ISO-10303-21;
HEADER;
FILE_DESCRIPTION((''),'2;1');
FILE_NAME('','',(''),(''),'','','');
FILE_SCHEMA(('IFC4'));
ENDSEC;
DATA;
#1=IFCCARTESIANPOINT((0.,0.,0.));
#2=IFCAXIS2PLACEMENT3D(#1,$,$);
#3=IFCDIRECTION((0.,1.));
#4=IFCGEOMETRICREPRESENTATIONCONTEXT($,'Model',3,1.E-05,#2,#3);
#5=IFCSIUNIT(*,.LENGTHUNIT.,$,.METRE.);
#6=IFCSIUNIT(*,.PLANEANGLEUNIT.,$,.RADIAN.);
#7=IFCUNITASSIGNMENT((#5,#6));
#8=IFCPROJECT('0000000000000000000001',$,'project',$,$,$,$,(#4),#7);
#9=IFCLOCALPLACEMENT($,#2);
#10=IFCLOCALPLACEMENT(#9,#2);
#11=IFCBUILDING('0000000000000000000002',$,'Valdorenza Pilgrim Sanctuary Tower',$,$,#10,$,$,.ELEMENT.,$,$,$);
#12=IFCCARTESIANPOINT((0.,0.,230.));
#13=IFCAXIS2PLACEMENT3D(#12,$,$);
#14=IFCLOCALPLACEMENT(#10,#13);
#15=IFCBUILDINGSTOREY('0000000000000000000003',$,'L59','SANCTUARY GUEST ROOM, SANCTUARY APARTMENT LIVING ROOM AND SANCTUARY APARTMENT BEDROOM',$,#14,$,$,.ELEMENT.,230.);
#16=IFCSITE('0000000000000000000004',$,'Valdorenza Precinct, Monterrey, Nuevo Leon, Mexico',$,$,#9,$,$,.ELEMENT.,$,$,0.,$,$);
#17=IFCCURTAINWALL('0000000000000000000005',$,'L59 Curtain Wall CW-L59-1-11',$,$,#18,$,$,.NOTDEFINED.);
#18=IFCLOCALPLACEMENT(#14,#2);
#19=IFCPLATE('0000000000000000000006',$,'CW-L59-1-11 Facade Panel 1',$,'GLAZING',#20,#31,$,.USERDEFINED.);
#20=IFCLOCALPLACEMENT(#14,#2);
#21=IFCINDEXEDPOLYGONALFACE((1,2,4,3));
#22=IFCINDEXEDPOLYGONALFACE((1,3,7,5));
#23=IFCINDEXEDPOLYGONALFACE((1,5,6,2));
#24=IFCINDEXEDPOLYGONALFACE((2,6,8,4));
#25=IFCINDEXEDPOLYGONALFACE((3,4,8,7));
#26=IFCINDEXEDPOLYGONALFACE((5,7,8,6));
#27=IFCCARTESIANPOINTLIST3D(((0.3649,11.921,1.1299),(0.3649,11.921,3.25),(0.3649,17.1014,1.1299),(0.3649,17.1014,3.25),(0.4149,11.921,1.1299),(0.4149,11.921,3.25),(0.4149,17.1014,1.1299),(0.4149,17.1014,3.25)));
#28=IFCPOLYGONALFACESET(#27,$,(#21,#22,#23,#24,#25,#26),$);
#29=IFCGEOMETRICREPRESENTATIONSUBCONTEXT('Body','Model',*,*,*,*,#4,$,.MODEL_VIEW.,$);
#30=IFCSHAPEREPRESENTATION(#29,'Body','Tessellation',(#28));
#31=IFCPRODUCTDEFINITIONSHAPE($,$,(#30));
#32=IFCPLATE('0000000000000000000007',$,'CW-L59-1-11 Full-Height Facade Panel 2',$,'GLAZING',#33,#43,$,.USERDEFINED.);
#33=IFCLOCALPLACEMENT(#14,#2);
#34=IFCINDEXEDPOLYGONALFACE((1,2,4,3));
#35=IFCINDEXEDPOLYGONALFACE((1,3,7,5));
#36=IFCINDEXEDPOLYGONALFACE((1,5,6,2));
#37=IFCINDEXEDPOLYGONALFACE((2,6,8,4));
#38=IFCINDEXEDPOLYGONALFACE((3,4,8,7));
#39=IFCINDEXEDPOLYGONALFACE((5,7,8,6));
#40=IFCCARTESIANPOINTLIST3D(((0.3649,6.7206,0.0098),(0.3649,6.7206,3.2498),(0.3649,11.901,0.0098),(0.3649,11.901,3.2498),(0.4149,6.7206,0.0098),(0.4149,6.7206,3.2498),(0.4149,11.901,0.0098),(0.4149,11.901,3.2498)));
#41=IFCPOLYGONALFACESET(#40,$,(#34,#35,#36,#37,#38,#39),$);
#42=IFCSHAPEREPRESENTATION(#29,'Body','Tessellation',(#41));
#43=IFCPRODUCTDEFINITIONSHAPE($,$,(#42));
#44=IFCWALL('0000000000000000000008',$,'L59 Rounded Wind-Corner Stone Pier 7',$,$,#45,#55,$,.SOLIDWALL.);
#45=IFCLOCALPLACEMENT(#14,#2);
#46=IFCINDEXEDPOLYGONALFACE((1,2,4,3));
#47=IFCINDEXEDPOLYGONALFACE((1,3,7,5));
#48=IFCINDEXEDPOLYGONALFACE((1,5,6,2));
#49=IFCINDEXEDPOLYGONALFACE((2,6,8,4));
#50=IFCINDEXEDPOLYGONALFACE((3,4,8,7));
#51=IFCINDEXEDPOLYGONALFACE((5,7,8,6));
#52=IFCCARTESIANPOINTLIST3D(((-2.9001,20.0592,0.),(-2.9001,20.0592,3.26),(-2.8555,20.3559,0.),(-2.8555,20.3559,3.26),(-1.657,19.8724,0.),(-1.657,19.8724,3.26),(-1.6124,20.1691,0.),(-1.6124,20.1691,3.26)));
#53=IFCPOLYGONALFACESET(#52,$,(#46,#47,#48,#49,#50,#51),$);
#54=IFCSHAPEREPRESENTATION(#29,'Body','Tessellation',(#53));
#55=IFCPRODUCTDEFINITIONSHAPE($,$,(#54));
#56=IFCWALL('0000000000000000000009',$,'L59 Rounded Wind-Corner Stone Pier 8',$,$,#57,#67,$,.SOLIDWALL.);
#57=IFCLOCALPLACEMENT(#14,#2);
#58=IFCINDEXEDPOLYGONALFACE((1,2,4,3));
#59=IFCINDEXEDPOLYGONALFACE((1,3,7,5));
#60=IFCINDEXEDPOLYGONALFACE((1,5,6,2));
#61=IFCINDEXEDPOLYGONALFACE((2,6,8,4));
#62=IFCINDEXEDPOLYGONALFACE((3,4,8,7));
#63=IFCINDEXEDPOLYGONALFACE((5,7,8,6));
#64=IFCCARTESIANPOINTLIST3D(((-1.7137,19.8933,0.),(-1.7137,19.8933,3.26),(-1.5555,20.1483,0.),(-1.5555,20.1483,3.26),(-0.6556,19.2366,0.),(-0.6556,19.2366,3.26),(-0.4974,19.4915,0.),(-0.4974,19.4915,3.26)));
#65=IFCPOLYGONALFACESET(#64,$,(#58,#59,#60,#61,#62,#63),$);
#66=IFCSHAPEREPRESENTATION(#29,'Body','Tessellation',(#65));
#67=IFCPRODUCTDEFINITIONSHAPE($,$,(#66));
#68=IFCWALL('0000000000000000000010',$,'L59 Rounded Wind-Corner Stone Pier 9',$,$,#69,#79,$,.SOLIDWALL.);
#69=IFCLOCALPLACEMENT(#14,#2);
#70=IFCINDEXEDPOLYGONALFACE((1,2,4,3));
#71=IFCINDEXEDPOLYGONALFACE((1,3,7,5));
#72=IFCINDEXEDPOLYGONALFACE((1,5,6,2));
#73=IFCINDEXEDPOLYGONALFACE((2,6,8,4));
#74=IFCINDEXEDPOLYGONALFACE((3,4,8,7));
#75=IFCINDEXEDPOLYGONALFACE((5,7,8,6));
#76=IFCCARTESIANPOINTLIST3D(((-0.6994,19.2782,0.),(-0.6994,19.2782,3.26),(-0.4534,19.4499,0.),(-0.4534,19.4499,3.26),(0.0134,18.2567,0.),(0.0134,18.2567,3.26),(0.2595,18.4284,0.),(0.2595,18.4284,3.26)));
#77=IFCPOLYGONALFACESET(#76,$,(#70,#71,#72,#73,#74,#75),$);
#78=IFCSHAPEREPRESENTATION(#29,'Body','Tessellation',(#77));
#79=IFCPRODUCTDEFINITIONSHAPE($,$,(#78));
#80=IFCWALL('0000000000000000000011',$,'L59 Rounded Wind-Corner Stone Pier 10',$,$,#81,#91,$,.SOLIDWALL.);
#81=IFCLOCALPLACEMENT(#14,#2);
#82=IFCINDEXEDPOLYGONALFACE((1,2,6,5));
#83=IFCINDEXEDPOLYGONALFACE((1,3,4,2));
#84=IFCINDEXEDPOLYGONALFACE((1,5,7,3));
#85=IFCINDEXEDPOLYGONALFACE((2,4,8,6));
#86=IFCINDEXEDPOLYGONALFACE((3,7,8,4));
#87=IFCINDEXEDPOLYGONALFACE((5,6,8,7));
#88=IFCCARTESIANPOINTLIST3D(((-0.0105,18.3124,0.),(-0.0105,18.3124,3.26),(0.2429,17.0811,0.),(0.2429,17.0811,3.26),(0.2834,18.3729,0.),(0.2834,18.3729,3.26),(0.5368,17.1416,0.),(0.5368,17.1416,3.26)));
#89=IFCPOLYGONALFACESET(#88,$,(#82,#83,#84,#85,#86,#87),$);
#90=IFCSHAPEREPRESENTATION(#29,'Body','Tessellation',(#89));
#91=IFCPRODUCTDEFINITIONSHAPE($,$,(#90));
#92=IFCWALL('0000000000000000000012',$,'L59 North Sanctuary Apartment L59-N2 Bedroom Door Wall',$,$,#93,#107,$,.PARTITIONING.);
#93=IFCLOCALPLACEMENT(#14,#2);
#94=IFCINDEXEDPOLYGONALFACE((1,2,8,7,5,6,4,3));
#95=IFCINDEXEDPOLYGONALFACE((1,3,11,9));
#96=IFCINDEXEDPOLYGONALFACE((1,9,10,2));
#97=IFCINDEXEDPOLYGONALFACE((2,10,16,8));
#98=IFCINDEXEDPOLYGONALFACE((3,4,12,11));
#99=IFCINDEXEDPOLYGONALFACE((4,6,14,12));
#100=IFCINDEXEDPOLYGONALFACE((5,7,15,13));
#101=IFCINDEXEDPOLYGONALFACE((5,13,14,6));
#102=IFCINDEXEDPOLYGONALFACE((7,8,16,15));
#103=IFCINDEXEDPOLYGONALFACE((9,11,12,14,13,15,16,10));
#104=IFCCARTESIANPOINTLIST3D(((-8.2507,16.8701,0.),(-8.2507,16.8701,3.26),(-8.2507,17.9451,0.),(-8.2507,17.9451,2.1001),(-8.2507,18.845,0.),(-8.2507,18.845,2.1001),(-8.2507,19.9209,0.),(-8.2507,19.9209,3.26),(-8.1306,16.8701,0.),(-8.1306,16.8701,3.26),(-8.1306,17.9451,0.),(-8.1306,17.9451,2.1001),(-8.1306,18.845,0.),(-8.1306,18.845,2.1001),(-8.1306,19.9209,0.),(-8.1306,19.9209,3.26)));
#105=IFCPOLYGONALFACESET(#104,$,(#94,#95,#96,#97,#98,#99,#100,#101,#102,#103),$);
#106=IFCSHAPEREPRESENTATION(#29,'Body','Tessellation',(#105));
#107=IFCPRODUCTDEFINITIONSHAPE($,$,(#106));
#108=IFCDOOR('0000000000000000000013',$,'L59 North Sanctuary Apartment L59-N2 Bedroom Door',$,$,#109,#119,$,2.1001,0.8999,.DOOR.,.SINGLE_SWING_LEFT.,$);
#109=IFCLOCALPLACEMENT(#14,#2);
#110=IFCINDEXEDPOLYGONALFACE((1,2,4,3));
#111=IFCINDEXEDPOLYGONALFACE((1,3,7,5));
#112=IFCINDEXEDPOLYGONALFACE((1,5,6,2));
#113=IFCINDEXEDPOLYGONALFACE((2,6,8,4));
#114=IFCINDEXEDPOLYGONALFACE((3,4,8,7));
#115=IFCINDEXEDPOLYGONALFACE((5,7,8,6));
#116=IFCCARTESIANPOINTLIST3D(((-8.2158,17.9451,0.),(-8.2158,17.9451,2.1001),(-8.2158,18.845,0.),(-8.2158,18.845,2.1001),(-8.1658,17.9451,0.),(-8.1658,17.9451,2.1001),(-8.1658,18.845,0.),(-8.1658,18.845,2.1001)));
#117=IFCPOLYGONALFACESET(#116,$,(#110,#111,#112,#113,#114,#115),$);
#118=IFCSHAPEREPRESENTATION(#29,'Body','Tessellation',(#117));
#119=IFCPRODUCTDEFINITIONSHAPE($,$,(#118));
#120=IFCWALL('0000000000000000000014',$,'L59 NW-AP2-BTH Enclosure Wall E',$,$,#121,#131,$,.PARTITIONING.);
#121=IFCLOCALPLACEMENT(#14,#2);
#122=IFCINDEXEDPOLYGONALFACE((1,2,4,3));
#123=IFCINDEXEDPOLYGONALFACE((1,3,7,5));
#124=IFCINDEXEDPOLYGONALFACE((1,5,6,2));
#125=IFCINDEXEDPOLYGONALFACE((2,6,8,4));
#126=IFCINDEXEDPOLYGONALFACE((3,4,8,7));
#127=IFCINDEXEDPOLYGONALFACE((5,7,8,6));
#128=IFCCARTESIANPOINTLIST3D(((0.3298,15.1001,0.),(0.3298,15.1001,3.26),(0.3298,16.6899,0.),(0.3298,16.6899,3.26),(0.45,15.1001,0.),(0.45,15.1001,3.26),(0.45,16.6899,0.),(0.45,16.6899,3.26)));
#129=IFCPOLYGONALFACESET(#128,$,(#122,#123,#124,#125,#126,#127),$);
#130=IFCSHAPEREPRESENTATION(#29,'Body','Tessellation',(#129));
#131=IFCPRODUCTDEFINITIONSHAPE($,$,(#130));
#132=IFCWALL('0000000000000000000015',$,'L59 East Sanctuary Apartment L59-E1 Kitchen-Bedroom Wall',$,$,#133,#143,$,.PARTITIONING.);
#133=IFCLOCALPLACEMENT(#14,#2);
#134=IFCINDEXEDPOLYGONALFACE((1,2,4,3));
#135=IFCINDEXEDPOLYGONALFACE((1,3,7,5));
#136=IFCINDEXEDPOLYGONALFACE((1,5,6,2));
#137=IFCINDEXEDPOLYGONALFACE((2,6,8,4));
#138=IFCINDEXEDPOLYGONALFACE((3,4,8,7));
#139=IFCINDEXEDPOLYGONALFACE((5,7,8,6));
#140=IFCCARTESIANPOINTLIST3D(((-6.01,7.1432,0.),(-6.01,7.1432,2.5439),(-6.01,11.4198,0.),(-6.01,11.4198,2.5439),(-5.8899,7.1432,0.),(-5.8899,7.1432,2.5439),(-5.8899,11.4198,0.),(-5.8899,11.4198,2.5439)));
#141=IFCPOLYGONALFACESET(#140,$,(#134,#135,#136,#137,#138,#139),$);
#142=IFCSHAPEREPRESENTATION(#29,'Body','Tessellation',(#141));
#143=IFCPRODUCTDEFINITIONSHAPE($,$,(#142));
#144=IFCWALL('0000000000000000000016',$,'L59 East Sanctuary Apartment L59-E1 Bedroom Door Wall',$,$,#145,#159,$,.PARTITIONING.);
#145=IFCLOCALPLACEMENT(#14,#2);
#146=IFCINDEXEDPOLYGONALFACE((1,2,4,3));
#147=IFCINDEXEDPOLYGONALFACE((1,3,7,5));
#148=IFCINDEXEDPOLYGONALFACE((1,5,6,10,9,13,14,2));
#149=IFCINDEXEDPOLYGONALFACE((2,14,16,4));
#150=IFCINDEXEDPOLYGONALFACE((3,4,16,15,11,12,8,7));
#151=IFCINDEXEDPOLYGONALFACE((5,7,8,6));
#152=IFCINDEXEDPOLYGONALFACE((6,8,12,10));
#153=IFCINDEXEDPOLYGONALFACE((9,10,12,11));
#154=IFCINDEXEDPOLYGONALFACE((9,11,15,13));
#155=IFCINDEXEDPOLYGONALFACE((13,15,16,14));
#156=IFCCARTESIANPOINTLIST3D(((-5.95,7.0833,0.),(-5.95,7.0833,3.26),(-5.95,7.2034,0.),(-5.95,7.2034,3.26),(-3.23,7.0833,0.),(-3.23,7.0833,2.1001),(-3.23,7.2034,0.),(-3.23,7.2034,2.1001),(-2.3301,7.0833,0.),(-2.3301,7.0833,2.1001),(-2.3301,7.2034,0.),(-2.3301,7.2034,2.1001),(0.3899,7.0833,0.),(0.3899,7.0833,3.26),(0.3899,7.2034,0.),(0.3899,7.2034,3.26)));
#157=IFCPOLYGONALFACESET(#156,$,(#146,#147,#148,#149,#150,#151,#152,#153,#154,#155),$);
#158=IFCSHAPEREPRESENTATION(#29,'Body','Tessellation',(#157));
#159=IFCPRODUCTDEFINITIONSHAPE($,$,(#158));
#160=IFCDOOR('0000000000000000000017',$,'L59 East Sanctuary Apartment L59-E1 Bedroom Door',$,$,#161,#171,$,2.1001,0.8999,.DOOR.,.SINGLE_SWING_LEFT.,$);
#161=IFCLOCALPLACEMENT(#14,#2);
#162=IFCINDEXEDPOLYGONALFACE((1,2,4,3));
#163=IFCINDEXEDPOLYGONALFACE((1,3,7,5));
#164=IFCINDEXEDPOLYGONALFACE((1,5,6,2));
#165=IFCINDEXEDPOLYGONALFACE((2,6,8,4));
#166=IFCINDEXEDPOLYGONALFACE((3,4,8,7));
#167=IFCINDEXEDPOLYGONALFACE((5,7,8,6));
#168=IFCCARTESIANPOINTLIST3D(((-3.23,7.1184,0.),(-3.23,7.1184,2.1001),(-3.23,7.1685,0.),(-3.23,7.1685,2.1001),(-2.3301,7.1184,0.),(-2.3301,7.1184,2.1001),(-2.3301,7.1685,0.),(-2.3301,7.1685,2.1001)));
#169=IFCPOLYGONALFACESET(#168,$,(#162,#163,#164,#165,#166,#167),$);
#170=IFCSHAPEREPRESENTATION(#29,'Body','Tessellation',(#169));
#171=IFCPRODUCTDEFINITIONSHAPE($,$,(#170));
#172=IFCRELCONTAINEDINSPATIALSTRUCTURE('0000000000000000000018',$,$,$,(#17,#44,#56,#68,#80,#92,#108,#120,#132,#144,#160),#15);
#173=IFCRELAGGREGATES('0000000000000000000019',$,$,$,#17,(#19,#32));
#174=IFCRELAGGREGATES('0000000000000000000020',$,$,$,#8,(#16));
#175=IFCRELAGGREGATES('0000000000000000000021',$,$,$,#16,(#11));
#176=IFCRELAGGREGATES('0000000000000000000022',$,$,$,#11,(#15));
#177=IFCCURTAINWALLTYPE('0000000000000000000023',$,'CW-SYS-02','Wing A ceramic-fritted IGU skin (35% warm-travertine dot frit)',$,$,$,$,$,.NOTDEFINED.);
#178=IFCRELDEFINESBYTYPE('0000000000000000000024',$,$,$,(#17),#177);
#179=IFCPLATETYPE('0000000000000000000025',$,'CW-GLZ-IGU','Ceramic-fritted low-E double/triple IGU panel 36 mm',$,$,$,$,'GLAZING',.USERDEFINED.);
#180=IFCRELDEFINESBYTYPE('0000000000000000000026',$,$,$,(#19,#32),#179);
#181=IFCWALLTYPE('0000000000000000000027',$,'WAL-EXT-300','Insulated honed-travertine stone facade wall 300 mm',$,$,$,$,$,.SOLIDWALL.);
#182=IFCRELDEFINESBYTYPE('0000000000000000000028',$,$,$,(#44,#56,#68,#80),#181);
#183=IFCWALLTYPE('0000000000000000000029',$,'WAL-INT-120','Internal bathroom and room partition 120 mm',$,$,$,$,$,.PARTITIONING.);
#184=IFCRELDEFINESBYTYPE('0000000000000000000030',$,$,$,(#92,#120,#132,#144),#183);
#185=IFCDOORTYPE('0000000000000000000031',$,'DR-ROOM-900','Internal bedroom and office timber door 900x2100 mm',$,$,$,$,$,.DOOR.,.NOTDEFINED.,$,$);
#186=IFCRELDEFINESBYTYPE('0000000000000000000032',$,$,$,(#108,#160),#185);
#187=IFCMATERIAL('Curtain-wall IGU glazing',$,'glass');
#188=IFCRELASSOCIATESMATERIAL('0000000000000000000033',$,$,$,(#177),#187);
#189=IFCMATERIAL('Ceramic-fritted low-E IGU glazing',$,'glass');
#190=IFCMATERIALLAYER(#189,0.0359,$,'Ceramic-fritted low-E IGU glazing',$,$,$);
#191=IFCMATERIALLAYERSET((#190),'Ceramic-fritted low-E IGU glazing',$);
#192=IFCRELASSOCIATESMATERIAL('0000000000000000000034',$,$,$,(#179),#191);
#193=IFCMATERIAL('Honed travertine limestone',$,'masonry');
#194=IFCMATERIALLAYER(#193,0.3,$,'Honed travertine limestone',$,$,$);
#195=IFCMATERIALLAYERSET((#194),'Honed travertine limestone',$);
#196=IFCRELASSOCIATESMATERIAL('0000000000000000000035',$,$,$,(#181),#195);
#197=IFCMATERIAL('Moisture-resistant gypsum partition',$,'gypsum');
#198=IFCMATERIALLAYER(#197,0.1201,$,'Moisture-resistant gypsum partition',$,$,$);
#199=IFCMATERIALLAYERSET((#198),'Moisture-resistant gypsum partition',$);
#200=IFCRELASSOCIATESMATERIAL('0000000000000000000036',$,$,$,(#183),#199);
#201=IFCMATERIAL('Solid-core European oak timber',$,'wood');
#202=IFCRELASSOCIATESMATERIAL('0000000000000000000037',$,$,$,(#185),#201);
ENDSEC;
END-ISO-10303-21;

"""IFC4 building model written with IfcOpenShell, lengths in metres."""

from ifc_helpers import new_model, si_unit, direction, frame, frame_2d, origin, origin_2d, place, context, subcontext, project, spatial, rectangle, extrude, source, transform, mapped, material, layer, layer_set, type_object, element, fill, aggregate, save


model = new_model("IFC4")

# Units and contexts
model_context = context("Model", 3, precision=1e-05, world=origin(), true_north=direction((0.0, 1.0)))
body_context = subcontext(model_context, "Body", "Model", "MODEL_VIEW")
ifc_project = project(units=[si_unit("LENGTHUNIT", "METRE"), si_unit("PLANEANGLEUNIT", "RADIAN")], contexts=[model_context])

# Site, building, storey
site_placement = place(None, origin())
site = spatial("IfcSite", under=ifc_project, at=site_placement, Name="Valdorenza Precinct, Monterrey, Nuevo Leon, Mexico", CompositionType="ELEMENT", RefElevation=0.0)
building_placement = place(site_placement, origin())
building = spatial("IfcBuilding", under=site, at=building_placement, Name="Valdorenza Pilgrim Sanctuary Tower", CompositionType="ELEMENT")
storey_placement = place(building_placement, frame((0.0, 0.0, 230.0)))
storey = spatial("IfcBuildingStorey", under=building, at=storey_placement, Name="L59", Description="SANCTUARY GUEST ROOM, SANCTUARY APARTMENT LIVING ROOM AND SANCTUARY APARTMENT BEDROOM", CompositionType="ELEMENT", Elevation=230.0)

# Shared definitions
ifc_material_1 = material(Name="Curtain-wall IGU glazing", Category="glass")
curtain_wall_type = type_object("IfcCurtainWallType", Name="CW-SYS-02", Description="Wing A ceramic-fritted IGU skin (35% warm-travertine dot frit)", PredefinedType="NOTDEFINED", material=ifc_material_1)

# Curtain wall
curtain_wall_1_placement = place(storey_placement, origin())
curtain_wall_1 = element("IfcCurtainWall", 1, at=curtain_wall_1_placement, inside=storey, type_object=curtain_wall_type, Name="L59 Curtain Wall CW-L59-1-11", PredefinedType="NOTDEFINED")
ifc_material_2 = material(Name="Honed travertine limestone", Category="masonry")

# Plates
ifc_material_3 = material(Name="Ceramic-fritted low-E IGU glazing", Category="glass")
ifc_layer_1 = layer(ifc_material_3, 0.0359, Name="Ceramic-fritted low-E IGU glazing")
ifc_layer_set_1 = layer_set([ifc_layer_1], Name="Ceramic-fritted low-E IGU glazing")
plate_type_1 = type_object("IfcPlateType", Name="CW-GLZ-IGU", Description="Ceramic-fritted low-E double/triple IGU panel 36 mm", ElementType="GLAZING", PredefinedType="USERDEFINED", material=ifc_layer_set_1)
shared_shape_1 = source(origin(), body_context, "Body", "SweptSolid", [
    extrude(rectangle(XDim=5.1804, YDim=0.05, at=origin_2d()), origin(), (0.0, 0.0, 1.0), 2.1201),
])
plate_1_placement = place(storey_placement, frame((0.3899, 14.5112, 1.1299), z_axis=(0.0, 0.0, 1.0), x_axis=(0.0, -1.0, 0.0)))
plate_1 = element("IfcPlate", 2, at=plate_1_placement, type_object=plate_type_1, Name="CW-L59-1-11 Facade Panel 1", ObjectType="GLAZING", PredefinedType="USERDEFINED", context=body_context, shape_type="MappedRepresentation", body=[
    mapped(shared_shape_1, transform((0.0, 0.0, 0.0), x_axis=(1.0, 0.0, 0.0), y_axis=(0.0, 1.0, 0.0), z_axis=(0.0, 0.0, 1.0), scale=1.0)),
])
shared_shape_2 = source(origin(), body_context, "Body", "SweptSolid", [
    extrude(rectangle(XDim=5.1804, YDim=0.05, at=origin_2d()), origin(), (0.0, 0.0, 1.0), 3.24),
])
plate_2_placement = place(storey_placement, frame((0.3899, 9.3108, 0.0098), z_axis=(0.0, 0.0, 1.0), x_axis=(0.0, -1.0, 0.0)))
plate_2 = element("IfcPlate", 3, at=plate_2_placement, type_object=plate_type_1, Name="CW-L59-1-11 Full-Height Facade Panel 2", ObjectType="GLAZING", PredefinedType="USERDEFINED", context=body_context, shape_type="MappedRepresentation", body=[
    mapped(shared_shape_2, transform((0.0, 0.0, 0.0), x_axis=(1.0, 0.0, 0.0), y_axis=(0.0, 1.0, 0.0), z_axis=(0.0, 0.0, 1.0), scale=1.0)),
])
aggregate(curtain_wall_1, [plate_1, plate_2])

# Walls
ifc_layer_2 = layer(ifc_material_2, 0.3, Name="Honed travertine limestone")
ifc_layer_set_2 = layer_set([ifc_layer_2], Name="Honed travertine limestone")
wall_type_1 = type_object("IfcWallType", Name="WAL-EXT-300", Description="Insulated honed-travertine stone facade wall 300 mm", PredefinedType="SOLIDWALL", material=ifc_layer_set_2)
wall_1_placement = place(storey_placement, frame((-2.8777, 20.2075, 0.0), z_axis=(0.0, 0.0, 1.0), x_axis=(0.988902, -0.148568, 0.0)))
element("IfcWall", 4, at=wall_1_placement, inside=storey, type_object=wall_type_1, Name="L59 Rounded Wind-Corner Stone Pier 7", PredefinedType="SOLIDWALL", context=body_context, shape_type="SweptSolid", body=[
    extrude(rectangle(XDim=1.2571, YDim=0.3, at=frame_2d((0.6284, 0.0))), origin(), (0.0, 0.0, 1.0), 3.26),
])
wall_2_placement = place(storey_placement, frame((-1.6345, 20.0208, 0.0), z_axis=(0.0, 0.0, 1.0), x_axis=(0.849646, -0.527353, 0.0)))
element("IfcWall", 5, at=wall_2_placement, inside=storey, type_object=wall_type_1, Name="L59 Rounded Wind-Corner Stone Pier 8", PredefinedType="SOLIDWALL", context=body_context, shape_type="SweptSolid", body=[
    extrude(rectangle(XDim=1.2454, YDim=0.3, at=frame_2d((0.6226, 0.0))), origin(), (0.0, 0.0, 1.0), 3.26),
])
wall_3_placement = place(storey_placement, frame((-0.5764, 19.364, 0.0), z_axis=(0.0, 0.0, 1.0), x_axis=(0.572304, -0.820041, 0.0)))
element("IfcWall", 6, at=wall_3_placement, inside=storey, type_object=wall_type_1, Name="L59 Rounded Wind-Corner Stone Pier 9", PredefinedType="SOLIDWALL", context=body_context, shape_type="SweptSolid", body=[
    extrude(rectangle(XDim=1.2456, YDim=0.3, at=frame_2d((0.6228, 0.0))), origin(), (0.0, 0.0, 1.0), 3.26),
])
wall_4_placement = place(storey_placement, frame((0.1365, 18.3425, 0.0), z_axis=(0.0, 0.0, 1.0), x_axis=(0.201604, -0.979467, 0.0)))
element("IfcWall", 7, at=wall_4_placement, inside=storey, type_object=wall_type_1, Name="L59 Rounded Wind-Corner Stone Pier 10", PredefinedType="SOLIDWALL", context=body_context, shape_type="SweptSolid", body=[
    extrude(rectangle(XDim=1.2571, YDim=0.3, at=frame_2d((0.6284, 0.0))), origin(), (0.0, 0.0, 1.0), 3.26),
])

# Wall, opening, door
ifc_material_4 = material(Name="Moisture-resistant gypsum partition", Category="gypsum")
ifc_layer_3 = layer(ifc_material_4, 0.1201, Name="Moisture-resistant gypsum partition")
ifc_layer_set_3 = layer_set([ifc_layer_3], Name="Moisture-resistant gypsum partition")
wall_type_2 = type_object("IfcWallType", Name="WAL-INT-120", Description="Internal bathroom and room partition 120 mm", PredefinedType="PARTITIONING", material=ifc_layer_set_3)
wall_5_placement = place(storey_placement, frame((-8.1907, 16.8701, 0.0), z_axis=(0.0, 0.0, 1.0), x_axis=(0.0, 1.0, 0.0)))
wall_5 = element("IfcWall", 8, at=wall_5_placement, inside=storey, type_object=wall_type_2, Name="L59 North Sanctuary Apartment L59-N2 Bedroom Door Wall", PredefinedType="PARTITIONING", context=body_context, shape_type="SweptSolid", body=[
    extrude(rectangle(XDim=3.0508, YDim=0.1201, at=frame_2d((1.5254, 0.0))), origin(), (0.0, 0.0, 1.0), 3.26),
])
opening_1_placement = place(wall_5_placement, frame((1.075, 0.0, 0.0)))
opening_1 = element("IfcOpeningElement", 9, at=opening_1_placement, cuts=wall_5, PredefinedType="OPENING", context=body_context, shape_type="SweptSolid", body=[
    extrude(rectangle(XDim=0.8999, YDim=2.1001, at=frame_2d((0.45, 1.05))), frame((0.0, 0.075, 0.0), z_axis=(0.0, -1.0, 0.0), x_axis=(1.0, 0.0, 0.0)), (0.0, 0.0, 1.0), 0.1499),
])
ifc_material_5 = material(Name="Solid-core European oak timber", Category="wood")
door_type = type_object("IfcDoorType", Name="DR-ROOM-900", Description="Internal bedroom and office timber door 900x2100 mm", OperationType="NOTDEFINED", PredefinedType="DOOR", material=ifc_material_5)
door_1_placement = place(opening_1_placement, frame((0.8999, 0.0, 0.0), z_axis=(0.0, 0.0, 1.0), x_axis=(-1.0, 0.0, 0.0)))
door_1 = element("IfcDoor", 10, at=door_1_placement, inside=storey, type_object=door_type, Name="L59 North Sanctuary Apartment L59-N2 Bedroom Door", OperationType="SINGLE_SWING_LEFT", OverallHeight=2.1001, OverallWidth=0.8999, PredefinedType="DOOR", context=body_context, shape_type="SweptSolid", body=[
    extrude(rectangle(XDim=0.8999, YDim=2.1001, at=frame_2d((0.45, 1.05))), frame((0.0, 0.0249, 0.0), z_axis=(0.0, -1.0, 0.0), x_axis=(1.0, 0.0, 0.0)), (0.0, 0.0, 1.0), 0.05),
])
fill(opening_1, door_1)

# Walls
wall_6_placement = place(storey_placement, frame((0.3899, 15.1001, 0.0), z_axis=(0.0, 0.0, 1.0), x_axis=(0.0, 1.0, 0.0)))
element("IfcWall", 11, at=wall_6_placement, inside=storey, type_object=wall_type_2, Name="L59 NW-AP2-BTH Enclosure Wall E", PredefinedType="PARTITIONING", context=body_context, shape_type="SweptSolid", body=[
    extrude(rectangle(XDim=1.5898, YDim=0.1201, at=frame_2d((0.7949, 0.0))), origin(), (0.0, 0.0, 1.0), 3.26),
])
wall_7_placement = place(storey_placement, frame((-5.95, 7.1433, 0.0), z_axis=(0.0, 0.0, 1.0), x_axis=(0.0, 1.0, 0.0)))
element("IfcWall", 12, at=wall_7_placement, inside=storey, type_object=wall_type_2, Name="L59 East Sanctuary Apartment L59-E1 Kitchen-Bedroom Wall", PredefinedType="PARTITIONING", context=body_context, shape_type="SweptSolid", body=[
    extrude(rectangle(XDim=4.2766, YDim=0.1201, at=frame_2d((2.1382, 0.0))), origin(), (0.0, 0.0, 1.0), 2.5439),
])

# Wall, opening, door
wall_8_placement = place(storey_placement, frame((-5.95, 7.1433, 0.0), z_axis=(0.0, 0.0, 1.0), x_axis=(1.0, 0.0, 0.0)))
wall_8 = element("IfcWall", 13, at=wall_8_placement, inside=storey, type_object=wall_type_2, Name="L59 East Sanctuary Apartment L59-E1 Bedroom Door Wall", PredefinedType="PARTITIONING", context=body_context, shape_type="SweptSolid", body=[
    extrude(rectangle(XDim=6.3398, YDim=0.1201, at=frame_2d((3.1699, 0.0))), origin(), (0.0, 0.0, 1.0), 3.26),
])
opening_2_placement = place(wall_8_placement, frame((2.72, 0.0, 0.0)))
opening_2 = element("IfcOpeningElement", 14, at=opening_2_placement, cuts=wall_8, PredefinedType="OPENING", context=body_context, shape_type="SweptSolid", body=[
    extrude(rectangle(XDim=0.8999, YDim=2.1001, at=frame_2d((0.45, 1.05))), frame((0.0, 0.075, 0.0), z_axis=(0.0, -1.0, 0.0), x_axis=(1.0, 0.0, 0.0)), (0.0, 0.0, 1.0), 0.1499),
])
door_2_placement = place(opening_2_placement, frame((0.8999, 0.0, 0.0), z_axis=(0.0, 0.0, 1.0), x_axis=(-1.0, 0.0, 0.0)))
door_2 = element("IfcDoor", 15, at=door_2_placement, inside=storey, type_object=door_type, Name="L59 East Sanctuary Apartment L59-E1 Bedroom Door", OperationType="SINGLE_SWING_LEFT", OverallHeight=2.1001, OverallWidth=0.8999, PredefinedType="DOOR", context=body_context, shape_type="SweptSolid", body=[
    extrude(rectangle(XDim=0.8999, YDim=2.1001, at=frame_2d((0.45, 1.05))), frame((0.0, 0.0249, 0.0), z_axis=(0.0, -1.0, 0.0), x_axis=(1.0, 0.0, 0.0)), (0.0, 0.0, 1.0), 0.05),
])
fill(opening_2, door_2)

save(model, "model.ifc")
